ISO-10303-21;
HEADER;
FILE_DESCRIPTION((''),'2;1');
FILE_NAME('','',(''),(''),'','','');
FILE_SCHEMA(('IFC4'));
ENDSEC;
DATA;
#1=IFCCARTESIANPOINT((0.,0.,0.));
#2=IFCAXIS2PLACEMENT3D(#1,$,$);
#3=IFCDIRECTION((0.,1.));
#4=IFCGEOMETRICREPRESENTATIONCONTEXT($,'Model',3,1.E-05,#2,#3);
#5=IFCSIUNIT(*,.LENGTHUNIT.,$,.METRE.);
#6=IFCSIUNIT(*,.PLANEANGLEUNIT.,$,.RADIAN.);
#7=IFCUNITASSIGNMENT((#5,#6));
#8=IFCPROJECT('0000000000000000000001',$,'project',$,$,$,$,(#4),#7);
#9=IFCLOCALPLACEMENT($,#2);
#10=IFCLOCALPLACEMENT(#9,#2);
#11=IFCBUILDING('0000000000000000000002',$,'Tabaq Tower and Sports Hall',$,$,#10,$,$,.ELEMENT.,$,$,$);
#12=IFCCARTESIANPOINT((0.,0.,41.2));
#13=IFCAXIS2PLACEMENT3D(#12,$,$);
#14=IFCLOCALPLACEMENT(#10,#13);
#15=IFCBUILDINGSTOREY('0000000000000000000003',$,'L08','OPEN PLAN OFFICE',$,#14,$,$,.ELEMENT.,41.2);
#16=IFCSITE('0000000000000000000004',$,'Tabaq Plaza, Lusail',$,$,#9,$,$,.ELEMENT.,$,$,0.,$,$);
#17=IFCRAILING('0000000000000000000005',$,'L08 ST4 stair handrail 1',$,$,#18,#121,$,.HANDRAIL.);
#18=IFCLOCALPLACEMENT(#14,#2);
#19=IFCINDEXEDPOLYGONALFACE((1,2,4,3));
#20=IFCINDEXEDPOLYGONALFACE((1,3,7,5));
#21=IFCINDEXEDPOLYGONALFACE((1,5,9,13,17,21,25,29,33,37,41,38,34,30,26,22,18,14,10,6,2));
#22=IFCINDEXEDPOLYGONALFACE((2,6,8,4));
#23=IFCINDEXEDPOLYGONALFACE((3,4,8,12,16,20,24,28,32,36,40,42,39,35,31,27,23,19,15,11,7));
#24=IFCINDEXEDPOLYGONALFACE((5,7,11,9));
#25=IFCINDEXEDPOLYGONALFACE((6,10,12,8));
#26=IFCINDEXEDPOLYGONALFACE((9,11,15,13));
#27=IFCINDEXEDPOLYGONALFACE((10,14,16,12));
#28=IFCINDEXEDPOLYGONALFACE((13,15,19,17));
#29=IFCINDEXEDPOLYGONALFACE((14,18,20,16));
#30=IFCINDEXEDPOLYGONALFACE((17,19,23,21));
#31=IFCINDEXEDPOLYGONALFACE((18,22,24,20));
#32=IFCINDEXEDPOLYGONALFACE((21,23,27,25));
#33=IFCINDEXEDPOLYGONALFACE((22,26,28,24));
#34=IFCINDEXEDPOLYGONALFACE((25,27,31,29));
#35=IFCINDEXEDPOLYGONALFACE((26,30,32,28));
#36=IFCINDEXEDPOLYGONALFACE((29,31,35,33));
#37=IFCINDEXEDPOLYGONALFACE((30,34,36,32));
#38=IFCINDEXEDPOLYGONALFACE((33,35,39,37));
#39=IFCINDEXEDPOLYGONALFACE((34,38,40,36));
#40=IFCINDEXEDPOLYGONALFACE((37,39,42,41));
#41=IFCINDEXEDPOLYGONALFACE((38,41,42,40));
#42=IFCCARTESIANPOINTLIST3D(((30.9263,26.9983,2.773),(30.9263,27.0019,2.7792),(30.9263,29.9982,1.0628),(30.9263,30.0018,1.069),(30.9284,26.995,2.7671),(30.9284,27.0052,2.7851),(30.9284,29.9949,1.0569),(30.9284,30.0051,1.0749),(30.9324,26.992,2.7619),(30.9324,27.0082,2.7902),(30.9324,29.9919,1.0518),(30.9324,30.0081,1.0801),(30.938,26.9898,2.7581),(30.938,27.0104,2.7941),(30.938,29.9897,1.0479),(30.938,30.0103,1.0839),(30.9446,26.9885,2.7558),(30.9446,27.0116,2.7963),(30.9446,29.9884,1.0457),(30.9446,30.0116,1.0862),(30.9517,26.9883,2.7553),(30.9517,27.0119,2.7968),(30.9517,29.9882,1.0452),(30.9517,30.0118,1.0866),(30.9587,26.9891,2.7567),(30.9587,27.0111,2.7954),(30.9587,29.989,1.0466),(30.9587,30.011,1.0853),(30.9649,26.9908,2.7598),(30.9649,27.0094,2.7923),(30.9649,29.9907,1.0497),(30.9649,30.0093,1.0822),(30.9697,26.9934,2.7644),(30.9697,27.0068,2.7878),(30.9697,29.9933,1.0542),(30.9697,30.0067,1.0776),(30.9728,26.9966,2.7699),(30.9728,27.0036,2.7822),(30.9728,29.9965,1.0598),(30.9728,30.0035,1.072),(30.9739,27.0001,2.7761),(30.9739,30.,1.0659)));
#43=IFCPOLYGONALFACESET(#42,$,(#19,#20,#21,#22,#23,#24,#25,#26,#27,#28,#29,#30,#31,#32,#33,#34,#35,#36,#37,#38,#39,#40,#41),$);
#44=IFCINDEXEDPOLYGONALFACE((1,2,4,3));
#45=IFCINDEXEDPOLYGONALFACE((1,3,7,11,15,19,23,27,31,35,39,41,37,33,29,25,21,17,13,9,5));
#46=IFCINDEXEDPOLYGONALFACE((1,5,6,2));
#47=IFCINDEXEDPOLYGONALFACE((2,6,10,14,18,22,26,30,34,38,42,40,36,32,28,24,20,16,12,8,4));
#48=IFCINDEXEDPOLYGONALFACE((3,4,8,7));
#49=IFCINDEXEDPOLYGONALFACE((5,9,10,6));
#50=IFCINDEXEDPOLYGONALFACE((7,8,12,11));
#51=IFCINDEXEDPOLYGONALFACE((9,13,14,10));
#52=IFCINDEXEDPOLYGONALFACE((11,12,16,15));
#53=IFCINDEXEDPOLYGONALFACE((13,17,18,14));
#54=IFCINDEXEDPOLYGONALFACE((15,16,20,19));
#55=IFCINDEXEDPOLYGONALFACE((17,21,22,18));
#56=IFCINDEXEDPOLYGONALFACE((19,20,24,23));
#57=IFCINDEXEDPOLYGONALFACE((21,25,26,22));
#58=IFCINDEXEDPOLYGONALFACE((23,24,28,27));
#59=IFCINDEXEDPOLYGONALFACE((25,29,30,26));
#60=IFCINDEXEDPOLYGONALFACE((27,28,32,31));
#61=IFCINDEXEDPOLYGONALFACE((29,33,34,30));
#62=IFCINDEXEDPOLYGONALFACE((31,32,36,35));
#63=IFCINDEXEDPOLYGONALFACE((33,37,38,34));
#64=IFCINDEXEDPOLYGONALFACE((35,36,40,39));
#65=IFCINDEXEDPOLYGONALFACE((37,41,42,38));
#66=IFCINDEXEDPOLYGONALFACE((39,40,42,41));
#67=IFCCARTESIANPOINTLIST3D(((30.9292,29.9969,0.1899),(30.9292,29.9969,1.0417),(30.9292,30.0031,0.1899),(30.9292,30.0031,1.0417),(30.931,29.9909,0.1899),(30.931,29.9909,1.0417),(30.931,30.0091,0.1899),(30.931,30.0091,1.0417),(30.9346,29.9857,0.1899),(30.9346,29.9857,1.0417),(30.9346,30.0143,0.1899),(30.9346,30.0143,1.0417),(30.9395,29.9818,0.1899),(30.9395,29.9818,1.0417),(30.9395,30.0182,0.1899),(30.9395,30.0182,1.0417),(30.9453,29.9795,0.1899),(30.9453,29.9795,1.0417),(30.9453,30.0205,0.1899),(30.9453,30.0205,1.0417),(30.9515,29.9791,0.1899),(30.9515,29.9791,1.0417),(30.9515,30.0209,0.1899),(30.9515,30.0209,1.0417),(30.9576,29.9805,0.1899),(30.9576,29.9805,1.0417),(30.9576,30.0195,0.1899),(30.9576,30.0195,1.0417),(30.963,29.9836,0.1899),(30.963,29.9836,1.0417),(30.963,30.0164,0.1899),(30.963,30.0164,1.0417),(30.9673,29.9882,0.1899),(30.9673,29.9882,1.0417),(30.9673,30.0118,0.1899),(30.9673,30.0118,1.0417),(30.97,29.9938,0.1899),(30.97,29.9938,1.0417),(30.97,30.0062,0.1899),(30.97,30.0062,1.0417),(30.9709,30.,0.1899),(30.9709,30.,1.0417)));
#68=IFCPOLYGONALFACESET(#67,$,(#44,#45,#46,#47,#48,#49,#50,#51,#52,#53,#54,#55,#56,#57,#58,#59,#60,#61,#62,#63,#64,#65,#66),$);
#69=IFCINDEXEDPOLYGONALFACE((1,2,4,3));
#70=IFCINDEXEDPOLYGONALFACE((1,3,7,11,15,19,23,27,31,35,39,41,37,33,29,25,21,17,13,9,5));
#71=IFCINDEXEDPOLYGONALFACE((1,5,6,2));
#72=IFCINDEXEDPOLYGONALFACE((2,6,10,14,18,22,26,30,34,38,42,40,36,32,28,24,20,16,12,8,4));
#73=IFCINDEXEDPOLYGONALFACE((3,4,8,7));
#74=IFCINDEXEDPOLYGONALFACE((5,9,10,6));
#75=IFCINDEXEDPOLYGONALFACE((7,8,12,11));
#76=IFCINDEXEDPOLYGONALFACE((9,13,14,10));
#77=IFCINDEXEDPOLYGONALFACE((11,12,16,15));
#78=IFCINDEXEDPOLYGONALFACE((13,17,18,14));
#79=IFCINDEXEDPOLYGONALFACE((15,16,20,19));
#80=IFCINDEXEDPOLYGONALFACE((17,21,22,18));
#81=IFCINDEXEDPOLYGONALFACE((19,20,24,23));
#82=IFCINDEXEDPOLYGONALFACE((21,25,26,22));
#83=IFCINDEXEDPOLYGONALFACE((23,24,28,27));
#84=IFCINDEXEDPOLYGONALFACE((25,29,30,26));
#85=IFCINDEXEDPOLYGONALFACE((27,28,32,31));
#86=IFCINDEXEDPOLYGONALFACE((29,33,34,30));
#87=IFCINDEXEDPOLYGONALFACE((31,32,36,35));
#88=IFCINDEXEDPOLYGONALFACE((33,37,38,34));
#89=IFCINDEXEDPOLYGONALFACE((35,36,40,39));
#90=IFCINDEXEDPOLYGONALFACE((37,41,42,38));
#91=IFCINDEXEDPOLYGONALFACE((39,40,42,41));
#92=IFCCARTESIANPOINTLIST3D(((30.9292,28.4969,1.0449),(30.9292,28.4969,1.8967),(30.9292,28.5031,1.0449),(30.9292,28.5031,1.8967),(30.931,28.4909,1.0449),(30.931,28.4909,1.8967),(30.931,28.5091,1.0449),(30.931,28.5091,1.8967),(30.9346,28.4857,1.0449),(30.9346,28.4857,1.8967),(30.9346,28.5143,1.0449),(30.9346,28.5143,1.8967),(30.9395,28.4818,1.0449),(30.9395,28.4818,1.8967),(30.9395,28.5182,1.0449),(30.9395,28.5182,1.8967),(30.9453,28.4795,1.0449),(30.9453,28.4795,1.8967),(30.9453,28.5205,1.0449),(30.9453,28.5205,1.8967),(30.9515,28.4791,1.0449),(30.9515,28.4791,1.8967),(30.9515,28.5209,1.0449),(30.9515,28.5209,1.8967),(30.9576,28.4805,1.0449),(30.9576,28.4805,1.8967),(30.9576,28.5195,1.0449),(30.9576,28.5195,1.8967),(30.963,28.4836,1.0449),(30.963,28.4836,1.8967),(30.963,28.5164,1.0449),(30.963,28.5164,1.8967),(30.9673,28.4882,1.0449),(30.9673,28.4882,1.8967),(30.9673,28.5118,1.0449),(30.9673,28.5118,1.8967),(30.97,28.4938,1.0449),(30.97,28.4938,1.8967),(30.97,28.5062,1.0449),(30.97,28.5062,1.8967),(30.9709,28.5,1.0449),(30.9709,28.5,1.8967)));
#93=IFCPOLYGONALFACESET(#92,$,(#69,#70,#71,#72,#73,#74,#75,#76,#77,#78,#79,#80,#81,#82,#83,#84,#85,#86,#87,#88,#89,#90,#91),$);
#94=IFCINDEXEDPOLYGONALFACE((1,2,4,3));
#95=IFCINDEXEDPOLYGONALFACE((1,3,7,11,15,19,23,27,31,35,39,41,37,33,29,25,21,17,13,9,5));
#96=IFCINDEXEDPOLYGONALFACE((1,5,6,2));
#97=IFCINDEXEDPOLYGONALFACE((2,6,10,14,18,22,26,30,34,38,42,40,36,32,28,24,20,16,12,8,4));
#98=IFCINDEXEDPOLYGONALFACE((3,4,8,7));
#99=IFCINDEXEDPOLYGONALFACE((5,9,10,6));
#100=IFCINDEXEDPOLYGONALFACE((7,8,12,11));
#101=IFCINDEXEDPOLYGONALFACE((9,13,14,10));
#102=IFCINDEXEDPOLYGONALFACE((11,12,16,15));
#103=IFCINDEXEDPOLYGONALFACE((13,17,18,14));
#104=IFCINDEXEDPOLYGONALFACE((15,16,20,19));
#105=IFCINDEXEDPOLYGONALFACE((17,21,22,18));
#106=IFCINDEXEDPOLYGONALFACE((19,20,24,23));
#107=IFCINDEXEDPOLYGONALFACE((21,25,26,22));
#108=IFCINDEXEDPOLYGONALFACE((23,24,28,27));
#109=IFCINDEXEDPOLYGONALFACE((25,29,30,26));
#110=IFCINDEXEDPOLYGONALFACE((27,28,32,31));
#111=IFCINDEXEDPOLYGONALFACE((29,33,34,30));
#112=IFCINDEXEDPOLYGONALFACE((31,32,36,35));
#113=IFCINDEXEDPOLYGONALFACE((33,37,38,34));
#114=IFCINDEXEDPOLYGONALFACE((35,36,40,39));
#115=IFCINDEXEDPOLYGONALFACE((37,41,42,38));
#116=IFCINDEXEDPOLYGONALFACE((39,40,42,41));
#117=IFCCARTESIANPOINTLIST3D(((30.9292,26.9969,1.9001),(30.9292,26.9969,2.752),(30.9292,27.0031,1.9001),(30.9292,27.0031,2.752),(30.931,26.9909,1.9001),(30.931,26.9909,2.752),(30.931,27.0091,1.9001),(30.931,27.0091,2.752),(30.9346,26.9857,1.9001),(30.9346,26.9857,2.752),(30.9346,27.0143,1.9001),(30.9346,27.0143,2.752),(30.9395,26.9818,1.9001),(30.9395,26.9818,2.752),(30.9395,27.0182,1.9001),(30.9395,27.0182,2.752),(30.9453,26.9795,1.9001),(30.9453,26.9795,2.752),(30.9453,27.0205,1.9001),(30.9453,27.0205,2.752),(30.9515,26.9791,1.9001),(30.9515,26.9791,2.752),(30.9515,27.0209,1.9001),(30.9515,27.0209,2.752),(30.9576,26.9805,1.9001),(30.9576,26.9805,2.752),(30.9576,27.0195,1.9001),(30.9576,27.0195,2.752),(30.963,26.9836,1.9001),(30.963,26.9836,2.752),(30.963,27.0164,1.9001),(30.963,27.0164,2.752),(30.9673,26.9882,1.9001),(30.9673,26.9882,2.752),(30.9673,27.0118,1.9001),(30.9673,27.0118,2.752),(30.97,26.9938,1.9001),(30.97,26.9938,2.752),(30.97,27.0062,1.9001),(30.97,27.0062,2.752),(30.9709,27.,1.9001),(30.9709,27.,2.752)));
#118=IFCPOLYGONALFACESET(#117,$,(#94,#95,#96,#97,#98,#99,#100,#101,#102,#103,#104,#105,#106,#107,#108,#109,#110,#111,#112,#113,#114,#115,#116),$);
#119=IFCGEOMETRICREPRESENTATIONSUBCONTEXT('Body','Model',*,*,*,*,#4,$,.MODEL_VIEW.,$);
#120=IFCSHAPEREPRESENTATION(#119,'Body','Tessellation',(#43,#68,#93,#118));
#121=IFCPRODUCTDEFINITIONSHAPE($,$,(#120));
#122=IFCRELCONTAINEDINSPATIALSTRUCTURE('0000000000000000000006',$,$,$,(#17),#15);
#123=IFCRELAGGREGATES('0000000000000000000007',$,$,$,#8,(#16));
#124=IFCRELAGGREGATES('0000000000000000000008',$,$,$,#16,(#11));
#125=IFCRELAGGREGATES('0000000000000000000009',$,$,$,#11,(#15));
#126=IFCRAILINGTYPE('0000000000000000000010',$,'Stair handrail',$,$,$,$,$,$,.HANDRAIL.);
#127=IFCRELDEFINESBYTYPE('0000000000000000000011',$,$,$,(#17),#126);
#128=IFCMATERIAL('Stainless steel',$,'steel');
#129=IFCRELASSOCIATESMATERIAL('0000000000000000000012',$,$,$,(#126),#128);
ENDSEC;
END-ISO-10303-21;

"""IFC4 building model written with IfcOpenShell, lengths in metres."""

from ifc_helpers import new_model, si_unit, direction, frame, origin, origin_2d, place, context, subcontext, project, spatial, circle, extrude, material, type_object, element, save


model = new_model("IFC4")

# Units and contexts
model_context = context("Model", 3, precision=1e-05, world=origin(), true_north=direction((0.0, 1.0)))
body_context = subcontext(model_context, "Body", "Model", "MODEL_VIEW")
ifc_project = project(units=[si_unit("LENGTHUNIT", "METRE"), si_unit("PLANEANGLEUNIT", "RADIAN")], contexts=[model_context])

# Site, building, storey
site_placement = place(None, origin())
site = spatial("IfcSite", under=ifc_project, at=site_placement, Name="Tabaq Plaza, Lusail", CompositionType="ELEMENT", RefElevation=0.0)
building_placement = place(site_placement, origin())
building = spatial("IfcBuilding", under=site, at=building_placement, Name="Tabaq Tower and Sports Hall", CompositionType="ELEMENT")
storey_placement = place(building_placement, frame((0.0, 0.0, 41.2)))
storey = spatial("IfcBuildingStorey", under=building, at=storey_placement, Name="L08", Description="OPEN PLAN OFFICE", CompositionType="ELEMENT", Elevation=41.2)

# Railing
ifc_material_1 = material(Name="Stainless steel", Category="steel")
railing_type_1 = type_object("IfcRailingType", Name="Stair handrail", PredefinedType="HANDRAIL", material=ifc_material_1)
railing_1_placement = place(storey_placement, frame((30.95, 30.0, 0.1899)))
element("IfcRailing", 1, at=railing_1_placement, inside=storey, type_object=railing_type_1, Name="L08 ST4 stair handrail 1", PredefinedType="HANDRAIL", context=body_context, shape_type="SweptSolid", body=[
    extrude(circle(Radius=0.0239, at=origin_2d()), frame((0.0, 0.0, 0.876), z_axis=(0.0, -0.868752, 0.495248), x_axis=(1.0, 0.0, 0.0)), (0.0, 0.0, 1.0), 3.4531),
    extrude(circle(Radius=0.021, at=origin_2d()), origin(), (0.0, 0.0, 1.0), 0.8518),
    extrude(circle(Radius=0.021, at=origin_2d()), frame((0.0, -1.5, 0.855)), (0.0, 0.0, 1.0), 0.8518),
    extrude(circle(Radius=0.021, at=origin_2d()), frame((0.0, -3.0, 1.7102)), (0.0, 0.0, 1.0), 0.8518),
])

save(model, "model.ifc")
